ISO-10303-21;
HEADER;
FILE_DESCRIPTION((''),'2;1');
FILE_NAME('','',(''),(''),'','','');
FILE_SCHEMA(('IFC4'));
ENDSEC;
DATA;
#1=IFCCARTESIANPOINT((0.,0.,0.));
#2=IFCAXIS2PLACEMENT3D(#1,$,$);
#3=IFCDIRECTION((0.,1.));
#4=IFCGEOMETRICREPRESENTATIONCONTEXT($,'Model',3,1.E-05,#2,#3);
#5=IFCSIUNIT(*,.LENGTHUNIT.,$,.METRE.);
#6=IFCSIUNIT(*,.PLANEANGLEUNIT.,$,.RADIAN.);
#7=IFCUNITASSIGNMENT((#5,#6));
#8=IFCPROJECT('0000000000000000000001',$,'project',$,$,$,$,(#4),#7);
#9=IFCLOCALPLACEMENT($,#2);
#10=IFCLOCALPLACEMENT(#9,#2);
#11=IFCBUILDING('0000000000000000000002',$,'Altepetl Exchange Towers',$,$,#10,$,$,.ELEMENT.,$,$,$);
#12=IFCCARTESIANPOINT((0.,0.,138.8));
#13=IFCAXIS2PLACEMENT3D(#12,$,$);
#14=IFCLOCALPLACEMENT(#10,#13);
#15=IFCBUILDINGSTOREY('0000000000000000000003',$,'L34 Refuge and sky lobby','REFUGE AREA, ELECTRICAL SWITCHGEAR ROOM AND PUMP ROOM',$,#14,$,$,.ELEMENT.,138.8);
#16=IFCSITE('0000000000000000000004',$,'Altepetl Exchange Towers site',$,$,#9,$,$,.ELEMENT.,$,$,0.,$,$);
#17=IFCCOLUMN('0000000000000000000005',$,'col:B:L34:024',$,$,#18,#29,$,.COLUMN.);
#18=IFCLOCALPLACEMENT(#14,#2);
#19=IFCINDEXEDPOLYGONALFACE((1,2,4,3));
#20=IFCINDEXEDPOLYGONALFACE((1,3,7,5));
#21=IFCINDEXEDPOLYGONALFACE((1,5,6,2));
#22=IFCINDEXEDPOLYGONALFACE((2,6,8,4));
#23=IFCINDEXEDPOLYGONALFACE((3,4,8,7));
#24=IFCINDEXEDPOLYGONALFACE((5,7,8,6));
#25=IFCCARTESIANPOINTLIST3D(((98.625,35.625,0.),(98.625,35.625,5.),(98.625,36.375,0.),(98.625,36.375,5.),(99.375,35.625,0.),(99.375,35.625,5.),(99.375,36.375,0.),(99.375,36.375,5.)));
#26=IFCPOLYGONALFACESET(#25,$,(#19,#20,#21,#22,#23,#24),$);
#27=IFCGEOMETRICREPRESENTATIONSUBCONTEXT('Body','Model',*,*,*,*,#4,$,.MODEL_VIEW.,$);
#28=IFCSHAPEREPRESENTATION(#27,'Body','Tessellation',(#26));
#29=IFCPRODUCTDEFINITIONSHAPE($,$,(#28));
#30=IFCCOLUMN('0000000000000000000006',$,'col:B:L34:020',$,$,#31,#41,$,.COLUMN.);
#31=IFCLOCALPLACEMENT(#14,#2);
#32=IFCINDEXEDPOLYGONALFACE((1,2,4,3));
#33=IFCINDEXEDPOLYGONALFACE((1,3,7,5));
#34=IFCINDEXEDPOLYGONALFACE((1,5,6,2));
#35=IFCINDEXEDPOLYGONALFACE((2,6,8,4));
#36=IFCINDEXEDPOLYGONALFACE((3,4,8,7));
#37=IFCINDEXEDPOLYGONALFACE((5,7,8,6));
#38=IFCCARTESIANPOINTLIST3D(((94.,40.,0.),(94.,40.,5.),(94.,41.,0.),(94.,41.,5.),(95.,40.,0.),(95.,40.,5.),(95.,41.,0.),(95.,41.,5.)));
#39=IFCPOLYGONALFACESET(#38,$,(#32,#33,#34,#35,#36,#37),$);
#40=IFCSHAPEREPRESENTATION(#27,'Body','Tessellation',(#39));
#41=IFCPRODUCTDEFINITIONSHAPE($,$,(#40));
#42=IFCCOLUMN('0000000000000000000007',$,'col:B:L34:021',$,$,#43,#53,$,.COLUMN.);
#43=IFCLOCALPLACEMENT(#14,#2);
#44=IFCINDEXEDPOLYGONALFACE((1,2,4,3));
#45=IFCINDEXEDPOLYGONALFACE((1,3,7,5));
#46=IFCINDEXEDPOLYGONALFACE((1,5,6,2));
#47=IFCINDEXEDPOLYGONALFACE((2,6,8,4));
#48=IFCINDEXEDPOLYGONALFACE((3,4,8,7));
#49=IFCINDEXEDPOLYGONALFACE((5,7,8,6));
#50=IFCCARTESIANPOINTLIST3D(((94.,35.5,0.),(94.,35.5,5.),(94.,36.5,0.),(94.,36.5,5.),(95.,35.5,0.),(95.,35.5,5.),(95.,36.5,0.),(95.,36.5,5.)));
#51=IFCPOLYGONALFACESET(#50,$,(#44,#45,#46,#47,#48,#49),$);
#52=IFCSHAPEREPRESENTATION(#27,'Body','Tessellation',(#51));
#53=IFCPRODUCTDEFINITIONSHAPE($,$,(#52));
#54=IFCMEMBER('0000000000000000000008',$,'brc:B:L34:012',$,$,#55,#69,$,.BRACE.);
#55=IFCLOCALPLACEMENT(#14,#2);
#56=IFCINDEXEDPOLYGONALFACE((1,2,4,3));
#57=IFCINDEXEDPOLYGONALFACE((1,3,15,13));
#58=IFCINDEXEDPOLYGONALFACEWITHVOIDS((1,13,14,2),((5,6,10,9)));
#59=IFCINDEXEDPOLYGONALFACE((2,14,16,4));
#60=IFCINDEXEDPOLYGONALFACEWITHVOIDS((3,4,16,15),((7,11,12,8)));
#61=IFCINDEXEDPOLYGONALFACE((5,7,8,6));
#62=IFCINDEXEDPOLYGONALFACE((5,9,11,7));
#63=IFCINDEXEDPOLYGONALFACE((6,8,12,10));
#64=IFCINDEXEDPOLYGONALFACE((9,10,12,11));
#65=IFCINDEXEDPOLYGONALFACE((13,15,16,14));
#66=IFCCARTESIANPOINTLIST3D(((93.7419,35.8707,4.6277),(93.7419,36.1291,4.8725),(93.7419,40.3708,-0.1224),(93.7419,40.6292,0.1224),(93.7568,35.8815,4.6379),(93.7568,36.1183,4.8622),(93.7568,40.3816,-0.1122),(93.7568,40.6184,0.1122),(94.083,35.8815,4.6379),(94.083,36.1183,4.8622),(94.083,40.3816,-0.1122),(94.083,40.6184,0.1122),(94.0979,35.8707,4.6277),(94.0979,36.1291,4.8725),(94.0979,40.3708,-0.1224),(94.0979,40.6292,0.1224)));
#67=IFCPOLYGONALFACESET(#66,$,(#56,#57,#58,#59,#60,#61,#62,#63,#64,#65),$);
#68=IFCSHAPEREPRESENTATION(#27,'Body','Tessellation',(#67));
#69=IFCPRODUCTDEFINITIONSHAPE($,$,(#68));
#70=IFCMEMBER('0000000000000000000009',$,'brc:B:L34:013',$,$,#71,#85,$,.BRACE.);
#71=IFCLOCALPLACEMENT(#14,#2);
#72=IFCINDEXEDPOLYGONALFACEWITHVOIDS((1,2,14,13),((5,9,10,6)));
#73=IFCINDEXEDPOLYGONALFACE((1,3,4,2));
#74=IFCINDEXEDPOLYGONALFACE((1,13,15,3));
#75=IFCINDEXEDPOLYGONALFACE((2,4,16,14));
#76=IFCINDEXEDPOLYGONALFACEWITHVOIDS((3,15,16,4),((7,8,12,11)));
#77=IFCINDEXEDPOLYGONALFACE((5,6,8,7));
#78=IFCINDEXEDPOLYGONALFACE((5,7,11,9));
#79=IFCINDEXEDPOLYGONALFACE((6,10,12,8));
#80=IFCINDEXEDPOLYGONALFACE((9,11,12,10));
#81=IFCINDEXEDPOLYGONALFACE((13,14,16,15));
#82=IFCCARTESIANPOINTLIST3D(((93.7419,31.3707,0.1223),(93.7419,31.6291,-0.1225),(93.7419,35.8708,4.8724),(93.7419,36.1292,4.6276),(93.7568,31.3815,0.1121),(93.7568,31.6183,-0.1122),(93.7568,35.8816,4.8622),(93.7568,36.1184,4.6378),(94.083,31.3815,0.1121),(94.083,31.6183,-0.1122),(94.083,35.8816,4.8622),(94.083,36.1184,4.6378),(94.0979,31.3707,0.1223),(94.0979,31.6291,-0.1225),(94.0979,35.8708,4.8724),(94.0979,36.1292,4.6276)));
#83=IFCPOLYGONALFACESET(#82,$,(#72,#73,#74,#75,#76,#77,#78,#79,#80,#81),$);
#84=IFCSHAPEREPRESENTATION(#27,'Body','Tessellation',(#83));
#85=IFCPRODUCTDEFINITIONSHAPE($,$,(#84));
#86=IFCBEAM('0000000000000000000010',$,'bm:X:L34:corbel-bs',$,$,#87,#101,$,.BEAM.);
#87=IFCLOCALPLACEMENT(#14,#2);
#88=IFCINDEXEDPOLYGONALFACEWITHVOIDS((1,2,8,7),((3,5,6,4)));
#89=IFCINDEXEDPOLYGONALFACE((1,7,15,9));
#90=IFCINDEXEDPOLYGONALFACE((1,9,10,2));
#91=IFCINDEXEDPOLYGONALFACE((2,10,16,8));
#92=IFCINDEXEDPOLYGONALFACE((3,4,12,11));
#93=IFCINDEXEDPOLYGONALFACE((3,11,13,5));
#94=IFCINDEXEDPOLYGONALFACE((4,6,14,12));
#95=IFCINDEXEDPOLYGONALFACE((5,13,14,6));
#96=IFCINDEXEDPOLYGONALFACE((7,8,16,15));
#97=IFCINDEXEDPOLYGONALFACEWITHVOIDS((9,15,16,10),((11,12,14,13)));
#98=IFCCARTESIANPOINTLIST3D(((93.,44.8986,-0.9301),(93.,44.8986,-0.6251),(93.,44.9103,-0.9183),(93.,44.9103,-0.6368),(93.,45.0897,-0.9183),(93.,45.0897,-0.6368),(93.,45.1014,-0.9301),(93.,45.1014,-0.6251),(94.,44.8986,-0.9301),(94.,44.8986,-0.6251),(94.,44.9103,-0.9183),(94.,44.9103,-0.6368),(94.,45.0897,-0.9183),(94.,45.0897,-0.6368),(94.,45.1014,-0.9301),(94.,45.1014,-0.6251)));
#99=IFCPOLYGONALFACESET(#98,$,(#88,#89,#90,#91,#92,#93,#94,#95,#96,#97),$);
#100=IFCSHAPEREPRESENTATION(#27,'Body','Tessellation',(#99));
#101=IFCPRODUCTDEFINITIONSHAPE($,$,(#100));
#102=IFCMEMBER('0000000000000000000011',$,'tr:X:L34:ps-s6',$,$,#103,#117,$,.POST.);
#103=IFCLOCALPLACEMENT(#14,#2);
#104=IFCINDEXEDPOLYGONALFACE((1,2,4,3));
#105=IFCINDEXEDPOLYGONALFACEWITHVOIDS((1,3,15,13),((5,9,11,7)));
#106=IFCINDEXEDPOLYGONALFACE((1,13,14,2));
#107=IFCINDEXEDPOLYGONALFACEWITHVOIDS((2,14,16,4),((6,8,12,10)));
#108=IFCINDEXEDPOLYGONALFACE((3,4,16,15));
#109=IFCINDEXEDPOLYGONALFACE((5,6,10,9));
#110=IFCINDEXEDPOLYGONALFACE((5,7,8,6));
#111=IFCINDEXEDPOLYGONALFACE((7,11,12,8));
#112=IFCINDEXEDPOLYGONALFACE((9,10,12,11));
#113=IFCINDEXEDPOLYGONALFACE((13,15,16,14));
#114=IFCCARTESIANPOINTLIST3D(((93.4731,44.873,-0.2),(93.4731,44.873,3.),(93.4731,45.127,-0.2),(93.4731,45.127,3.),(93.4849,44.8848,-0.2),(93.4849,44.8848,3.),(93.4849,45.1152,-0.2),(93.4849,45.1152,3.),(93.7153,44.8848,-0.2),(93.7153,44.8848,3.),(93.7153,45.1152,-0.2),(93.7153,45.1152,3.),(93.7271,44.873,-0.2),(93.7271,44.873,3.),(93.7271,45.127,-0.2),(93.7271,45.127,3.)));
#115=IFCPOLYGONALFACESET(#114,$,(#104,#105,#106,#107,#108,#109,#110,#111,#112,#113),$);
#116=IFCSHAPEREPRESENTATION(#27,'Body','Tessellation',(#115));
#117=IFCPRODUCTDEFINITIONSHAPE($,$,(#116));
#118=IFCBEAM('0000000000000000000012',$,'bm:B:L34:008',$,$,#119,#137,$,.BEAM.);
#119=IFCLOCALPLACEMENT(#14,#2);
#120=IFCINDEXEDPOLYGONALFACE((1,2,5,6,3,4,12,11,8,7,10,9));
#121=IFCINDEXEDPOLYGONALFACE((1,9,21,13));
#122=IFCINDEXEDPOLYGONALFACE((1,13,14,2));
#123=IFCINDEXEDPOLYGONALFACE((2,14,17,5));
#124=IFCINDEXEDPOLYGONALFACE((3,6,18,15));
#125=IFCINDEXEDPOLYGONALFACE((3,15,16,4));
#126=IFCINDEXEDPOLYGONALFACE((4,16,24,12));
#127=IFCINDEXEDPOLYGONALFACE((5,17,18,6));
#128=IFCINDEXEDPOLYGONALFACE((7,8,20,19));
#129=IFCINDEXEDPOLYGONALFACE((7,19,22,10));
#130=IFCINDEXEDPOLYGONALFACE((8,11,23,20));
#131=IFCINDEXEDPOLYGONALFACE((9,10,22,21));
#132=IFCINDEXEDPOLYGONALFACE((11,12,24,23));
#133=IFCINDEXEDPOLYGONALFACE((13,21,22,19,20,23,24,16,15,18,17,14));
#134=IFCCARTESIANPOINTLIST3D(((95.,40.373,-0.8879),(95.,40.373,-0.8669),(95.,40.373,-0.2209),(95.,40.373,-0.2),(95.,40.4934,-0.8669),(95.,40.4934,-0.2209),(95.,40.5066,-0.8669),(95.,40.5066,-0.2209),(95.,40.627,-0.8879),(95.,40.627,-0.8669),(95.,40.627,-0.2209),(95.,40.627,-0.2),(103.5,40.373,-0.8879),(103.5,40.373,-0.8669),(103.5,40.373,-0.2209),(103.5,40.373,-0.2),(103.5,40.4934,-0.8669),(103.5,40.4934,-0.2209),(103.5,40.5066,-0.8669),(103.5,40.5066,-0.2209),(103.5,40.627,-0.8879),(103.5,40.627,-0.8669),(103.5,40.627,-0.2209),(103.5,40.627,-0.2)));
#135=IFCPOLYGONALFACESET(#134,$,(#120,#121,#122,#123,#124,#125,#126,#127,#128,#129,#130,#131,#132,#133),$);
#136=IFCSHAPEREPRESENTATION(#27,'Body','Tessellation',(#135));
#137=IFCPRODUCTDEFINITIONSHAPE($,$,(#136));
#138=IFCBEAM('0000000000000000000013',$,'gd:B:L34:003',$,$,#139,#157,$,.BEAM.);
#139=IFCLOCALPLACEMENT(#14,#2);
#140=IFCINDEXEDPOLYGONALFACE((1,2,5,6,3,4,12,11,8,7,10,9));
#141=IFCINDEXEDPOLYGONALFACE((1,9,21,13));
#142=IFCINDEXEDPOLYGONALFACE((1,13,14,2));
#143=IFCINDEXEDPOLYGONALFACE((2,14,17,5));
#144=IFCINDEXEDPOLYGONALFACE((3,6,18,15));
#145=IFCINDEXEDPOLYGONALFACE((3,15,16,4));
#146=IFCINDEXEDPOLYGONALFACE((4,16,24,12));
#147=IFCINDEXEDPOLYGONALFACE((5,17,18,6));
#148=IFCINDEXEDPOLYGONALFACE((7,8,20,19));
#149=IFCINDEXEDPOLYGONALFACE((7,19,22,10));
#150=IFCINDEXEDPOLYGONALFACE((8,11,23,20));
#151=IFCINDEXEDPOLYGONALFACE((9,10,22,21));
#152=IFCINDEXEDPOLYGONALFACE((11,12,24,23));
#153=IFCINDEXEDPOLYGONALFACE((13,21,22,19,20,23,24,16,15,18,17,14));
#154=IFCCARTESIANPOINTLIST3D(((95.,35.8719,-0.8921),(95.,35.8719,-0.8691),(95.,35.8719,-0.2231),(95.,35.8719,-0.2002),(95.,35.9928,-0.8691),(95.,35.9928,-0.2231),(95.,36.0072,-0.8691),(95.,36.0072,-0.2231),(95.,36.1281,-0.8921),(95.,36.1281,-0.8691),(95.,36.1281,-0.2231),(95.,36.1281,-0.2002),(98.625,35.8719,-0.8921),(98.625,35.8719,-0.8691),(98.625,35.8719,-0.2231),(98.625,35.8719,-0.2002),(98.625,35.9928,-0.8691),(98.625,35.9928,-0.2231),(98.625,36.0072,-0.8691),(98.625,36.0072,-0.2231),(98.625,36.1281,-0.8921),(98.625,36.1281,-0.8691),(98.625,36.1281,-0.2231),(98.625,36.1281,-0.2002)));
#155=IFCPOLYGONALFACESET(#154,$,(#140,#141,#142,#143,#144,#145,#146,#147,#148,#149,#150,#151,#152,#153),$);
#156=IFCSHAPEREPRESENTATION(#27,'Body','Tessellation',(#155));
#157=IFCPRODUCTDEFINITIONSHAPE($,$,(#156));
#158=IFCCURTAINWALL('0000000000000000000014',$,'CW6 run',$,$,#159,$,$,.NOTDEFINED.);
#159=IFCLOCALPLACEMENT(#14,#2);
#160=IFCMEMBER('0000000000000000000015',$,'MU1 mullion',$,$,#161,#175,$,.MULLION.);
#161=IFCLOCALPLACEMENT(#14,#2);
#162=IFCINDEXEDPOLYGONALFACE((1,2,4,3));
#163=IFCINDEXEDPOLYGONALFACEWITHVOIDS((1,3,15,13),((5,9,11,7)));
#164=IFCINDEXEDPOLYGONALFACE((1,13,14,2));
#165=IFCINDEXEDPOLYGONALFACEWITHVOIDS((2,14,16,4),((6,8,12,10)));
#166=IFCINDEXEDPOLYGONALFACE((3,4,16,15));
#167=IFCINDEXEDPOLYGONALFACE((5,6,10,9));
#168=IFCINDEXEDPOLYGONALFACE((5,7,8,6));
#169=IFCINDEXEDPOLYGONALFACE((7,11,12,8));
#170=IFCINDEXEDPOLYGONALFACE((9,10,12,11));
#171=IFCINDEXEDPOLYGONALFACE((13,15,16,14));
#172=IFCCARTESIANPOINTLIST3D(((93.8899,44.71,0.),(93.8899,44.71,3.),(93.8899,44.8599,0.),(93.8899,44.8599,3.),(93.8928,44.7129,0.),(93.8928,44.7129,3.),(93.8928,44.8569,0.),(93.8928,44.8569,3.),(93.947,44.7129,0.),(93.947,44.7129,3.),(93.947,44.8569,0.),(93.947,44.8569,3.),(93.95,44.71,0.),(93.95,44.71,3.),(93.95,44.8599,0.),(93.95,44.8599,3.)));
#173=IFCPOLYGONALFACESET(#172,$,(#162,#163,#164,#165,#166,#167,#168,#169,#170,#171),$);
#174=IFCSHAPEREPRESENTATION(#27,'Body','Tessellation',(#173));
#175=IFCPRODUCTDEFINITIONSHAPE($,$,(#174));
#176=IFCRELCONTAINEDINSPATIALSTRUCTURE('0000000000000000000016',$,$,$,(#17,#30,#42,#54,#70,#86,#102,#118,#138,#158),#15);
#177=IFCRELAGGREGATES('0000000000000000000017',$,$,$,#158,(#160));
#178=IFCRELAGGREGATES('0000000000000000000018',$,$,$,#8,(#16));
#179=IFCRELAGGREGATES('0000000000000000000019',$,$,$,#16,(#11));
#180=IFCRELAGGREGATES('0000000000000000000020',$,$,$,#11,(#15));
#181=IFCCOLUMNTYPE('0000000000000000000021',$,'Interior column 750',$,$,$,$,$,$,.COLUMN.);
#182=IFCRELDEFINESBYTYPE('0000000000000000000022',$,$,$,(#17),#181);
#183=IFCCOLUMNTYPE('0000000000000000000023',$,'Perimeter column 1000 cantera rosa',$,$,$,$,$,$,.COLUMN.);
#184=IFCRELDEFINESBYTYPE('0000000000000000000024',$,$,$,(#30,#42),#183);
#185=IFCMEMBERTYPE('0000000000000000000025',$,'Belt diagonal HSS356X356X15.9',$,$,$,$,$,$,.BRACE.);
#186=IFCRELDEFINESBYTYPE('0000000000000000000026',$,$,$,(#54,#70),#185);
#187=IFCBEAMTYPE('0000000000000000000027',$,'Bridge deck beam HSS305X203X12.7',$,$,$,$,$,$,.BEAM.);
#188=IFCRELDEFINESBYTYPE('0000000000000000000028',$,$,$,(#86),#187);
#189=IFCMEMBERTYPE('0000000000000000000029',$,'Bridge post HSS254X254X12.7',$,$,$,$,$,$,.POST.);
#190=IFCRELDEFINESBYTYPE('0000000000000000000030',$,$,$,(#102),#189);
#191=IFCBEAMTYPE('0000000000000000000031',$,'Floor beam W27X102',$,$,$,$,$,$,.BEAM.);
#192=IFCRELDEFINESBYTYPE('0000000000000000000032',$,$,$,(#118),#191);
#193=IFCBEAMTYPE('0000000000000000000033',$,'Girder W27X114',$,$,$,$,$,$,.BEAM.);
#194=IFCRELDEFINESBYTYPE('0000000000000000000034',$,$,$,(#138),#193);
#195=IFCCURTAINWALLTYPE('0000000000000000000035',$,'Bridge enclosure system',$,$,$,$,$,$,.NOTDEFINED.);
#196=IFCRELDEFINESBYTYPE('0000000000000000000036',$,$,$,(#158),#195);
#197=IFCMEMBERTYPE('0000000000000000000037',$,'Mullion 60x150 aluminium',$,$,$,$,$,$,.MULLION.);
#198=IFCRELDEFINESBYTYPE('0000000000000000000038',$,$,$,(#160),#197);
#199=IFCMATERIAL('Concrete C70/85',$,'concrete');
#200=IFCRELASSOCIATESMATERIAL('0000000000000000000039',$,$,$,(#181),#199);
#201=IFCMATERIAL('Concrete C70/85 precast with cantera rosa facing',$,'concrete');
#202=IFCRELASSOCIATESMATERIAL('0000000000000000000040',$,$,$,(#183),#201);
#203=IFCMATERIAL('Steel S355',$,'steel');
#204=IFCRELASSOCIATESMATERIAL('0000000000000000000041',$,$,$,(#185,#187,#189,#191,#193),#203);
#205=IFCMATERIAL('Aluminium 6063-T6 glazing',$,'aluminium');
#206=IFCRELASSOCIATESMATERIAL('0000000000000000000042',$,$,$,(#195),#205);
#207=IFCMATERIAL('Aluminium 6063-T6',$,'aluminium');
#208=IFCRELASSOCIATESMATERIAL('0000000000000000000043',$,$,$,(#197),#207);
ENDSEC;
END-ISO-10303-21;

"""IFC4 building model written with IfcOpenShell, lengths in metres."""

from ifc_helpers import new_model, si_unit, direction, frame, origin, origin_2d, place, context, subcontext, project, spatial, rectangle, hollow_rectangle, i_section, extrude, material, material_profile, profile_set, type_object, element, aggregate, save


model = new_model("IFC4")

# Units and contexts
model_context = context("Model", 3, precision=1e-05, world=origin(), true_north=direction((0.0, 1.0)))
body_context = subcontext(model_context, "Body", "Model", "MODEL_VIEW")
ifc_project = project(units=[si_unit("LENGTHUNIT", "METRE"), si_unit("PLANEANGLEUNIT", "RADIAN")], contexts=[model_context])

# Site, building, storey
site_placement = place(None, origin())
site = spatial("IfcSite", under=ifc_project, at=site_placement, Name="Altepetl Exchange Towers site", CompositionType="ELEMENT", RefElevation=0.0)
building_placement = place(site_placement, origin())
building = spatial("IfcBuilding", under=site, at=building_placement, Name="Altepetl Exchange Towers", CompositionType="ELEMENT")
storey_placement = place(building_placement, frame((0.0, 0.0, 138.8)))
storey = spatial("IfcBuildingStorey", under=building, at=storey_placement, Name="L34 Refuge and sky lobby", Description="REFUGE AREA, ELECTRICAL SWITCHGEAR ROOM AND PUMP ROOM", CompositionType="ELEMENT", Elevation=138.8)

# Columns
ifc_material_1 = material(Name="Concrete C70/85", Category="concrete")
ifc_material_profile_1 = material_profile(ifc_material_1, rectangle(XDim=0.75, YDim=0.75, at=origin_2d()), Name="750 x 750")
ifc_profile_set_1 = profile_set([ifc_material_profile_1], Name="Concrete C70/85")
column_type_1 = type_object("IfcColumnType", Name="Interior column 750", PredefinedType="COLUMN", material=ifc_profile_set_1)
column_placement = place(storey_placement, frame((99.0, 36.0, 0.0)))
element("IfcColumn", 1, at=column_placement, inside=storey, type_object=column_type_1, Name="col:B:L34:024", PredefinedType="COLUMN", context=body_context, shape_type="SweptSolid", body=[
    extrude(rectangle(XDim=0.75, YDim=0.75, at=origin_2d()), origin(), (0.0, 0.0, 1.0), 5.0),
])
ifc_material_2 = material(Name="Concrete C70/85 precast with cantera rosa facing", Category="concrete")
ifc_material_profile_2 = material_profile(ifc_material_2, rectangle(XDim=1.0, YDim=1.0, at=origin_2d()), Name="1000 x 1000")
ifc_profile_set_2 = profile_set([ifc_material_profile_2], Name="Concrete C70/85 precast with cantera rosa facing")
column_type_2 = type_object("IfcColumnType", Name="Perimeter column 1000 cantera rosa", PredefinedType="COLUMN", material=ifc_profile_set_2)
for number, where, name in (
    (2, (94.5, 40.5, 0.0), "col:B:L34:020"),
    (3, (94.5, 36.0, 0.0), "col:B:L34:021"),
):
    element("IfcColumn", number, at=place(storey_placement, frame(where)), inside=storey, type_object=column_type_2, Name=name, PredefinedType="COLUMN", context=body_context, shape_type="SweptSolid", body=[
        extrude(rectangle(XDim=1.0, YDim=1.0, at=origin_2d()), origin(), (0.0, 0.0, 1.0), 5.0),
    ])

# Members
ifc_material_3 = material(Name="Steel S355", Category="steel")
ifc_material_profile_3 = material_profile(ifc_material_3, hollow_rectangle(XDim=0.356, YDim=0.356, WallThickness=0.0149, at=origin_2d()), Name="HSS356X356X15.9")
ifc_profile_set_3 = profile_set([ifc_material_profile_3], Name="Steel S355")
member_type_1 = type_object("IfcMemberType", Name="Belt diagonal HSS356X356X15.9", PredefinedType="BRACE", material=ifc_profile_set_3)
for number, where, z_axis, x_axis, name in (
    (4, (93.9199, 40.5, 0.0), (0.0, -0.687745, 0.725953), (1.0, 0.0, 0.0), "brc:B:L34:012"),
    (5, (93.9199, 36.0, 4.75), (0.0, -0.687745, -0.725953), (1.0, 0.0, 0.0), "brc:B:L34:013"),
):
    element("IfcMember", number, at=place(storey_placement, frame(where, z_axis=z_axis, x_axis=x_axis)), inside=storey, type_object=member_type_1, Name=name, PredefinedType="BRACE", context=body_context, shape_type="SweptSolid", body=[
        extrude(hollow_rectangle(XDim=0.356, YDim=0.356, WallThickness=0.0149, at=origin_2d()), origin(), (0.0, 0.0, 1.0), 6.5432),
    ])

# Beam
ifc_material_profile_4 = material_profile(ifc_material_3, hollow_rectangle(XDim=0.2029, YDim=0.3049, WallThickness=0.0117, at=origin_2d()), Name="HSS305X203X12.7")
ifc_profile_set_4 = profile_set([ifc_material_profile_4], Name="Steel S355")
beam_type_1 = type_object("IfcBeamType", Name="Bridge deck beam HSS305X203X12.7", PredefinedType="BEAM", material=ifc_profile_set_4)
beam_1_placement = place(storey_placement, frame((94.0, 45.0, -0.7776), z_axis=(-1.0, 0.0, 0.0), x_axis=(0.0, -1.0, 0.0)))
element("IfcBeam", 6, at=beam_1_placement, inside=storey, type_object=beam_type_1, Name="bm:X:L34:corbel-bs", PredefinedType="BEAM", context=body_context, shape_type="SweptSolid", body=[
    extrude(hollow_rectangle(XDim=0.2029, YDim=0.3049, WallThickness=0.0117, at=origin_2d()), origin(), (0.0, 0.0, 1.0), 1.0),
])

# Member
ifc_material_profile_5 = material_profile(ifc_material_3, hollow_rectangle(XDim=0.2539, YDim=0.2539, WallThickness=0.0117, at=origin_2d()), Name="HSS254X254X12.7")
ifc_profile_set_5 = profile_set([ifc_material_profile_5], Name="Steel S355")
member_type_2 = type_object("IfcMemberType", Name="Bridge post HSS254X254X12.7", PredefinedType="POST", material=ifc_profile_set_5)
member_1_placement = place(storey_placement, frame((93.6001, 45.0, -0.2)))
element("IfcMember", 7, at=member_1_placement, inside=storey, type_object=member_type_2, Name="tr:X:L34:ps-s6", PredefinedType="POST", context=body_context, shape_type="SweptSolid", body=[
    extrude(hollow_rectangle(XDim=0.2539, YDim=0.2539, WallThickness=0.0117, at=origin_2d()), origin(), (0.0, 0.0, 1.0), 3.2),
])

# Beams
ifc_material_profile_6 = material_profile(ifc_material_3, i_section(OverallWidth=0.2539, OverallDepth=0.688, WebThickness=0.0132, FlangeThickness=0.021, at=origin_2d()), Name="W27X102")
ifc_profile_set_6 = profile_set([ifc_material_profile_6], Name="Steel S355")
beam_type_2 = type_object("IfcBeamType", Name="Floor beam W27X102", PredefinedType="BEAM", material=ifc_profile_set_6)
beam_2_placement = place(storey_placement, frame((95.0, 40.5, -0.5439), z_axis=(1.0, 0.0, 0.0), x_axis=(0.0, 1.0, 0.0)))
element("IfcBeam", 8, at=beam_2_placement, inside=storey, type_object=beam_type_2, Name="bm:B:L34:008", PredefinedType="BEAM", context=body_context, shape_type="SweptSolid", body=[
    extrude(i_section(OverallWidth=0.2539, OverallDepth=0.688, WebThickness=0.0132, FlangeThickness=0.021, at=origin_2d()), origin(), (0.0, 0.0, 1.0), 8.5),
])
ifc_material_profile_7 = material_profile(ifc_material_3, i_section(OverallWidth=0.2561, OverallDepth=0.6919, WebThickness=0.0144, FlangeThickness=0.0229, at=origin_2d()), Name="W27X114")
ifc_profile_set_7 = profile_set([ifc_material_profile_7], Name="Steel S355")
beam_type_3 = type_object("IfcBeamType", Name="Girder W27X114", PredefinedType="BEAM", material=ifc_profile_set_7)
beam_3_placement = place(storey_placement, frame((98.625, 36.0, -0.5461), z_axis=(-1.0, 0.0, 0.0), x_axis=(0.0, -1.0, 0.0)))
element("IfcBeam", 9, at=beam_3_placement, inside=storey, type_object=beam_type_3, Name="gd:B:L34:003", PredefinedType="BEAM", context=body_context, shape_type="SweptSolid", body=[
    extrude(i_section(OverallWidth=0.2561, OverallDepth=0.6919, WebThickness=0.0144, FlangeThickness=0.0229, at=origin_2d()), origin(), (0.0, 0.0, 1.0), 3.625),
])

# Curtain wall, member
ifc_material_4 = material(Name="Aluminium 6063-T6 glazing", Category="aluminium")
curtain_wall_type_1 = type_object("IfcCurtainWallType", Name="Bridge enclosure system", PredefinedType="NOTDEFINED", material=ifc_material_4)
curtain_wall_1_placement = place(storey_placement, origin())
curtain_wall_1 = element("IfcCurtainWall", 10, at=curtain_wall_1_placement, inside=storey, type_object=curtain_wall_type_1, Name="CW6 run", PredefinedType="NOTDEFINED")
ifc_material_5 = material(Name="Aluminium 6063-T6", Category="aluminium")
ifc_material_profile_8 = material_profile(ifc_material_5, hollow_rectangle(XDim=0.0601, YDim=0.1499, WallThickness=0.0029, at=origin_2d()), Name="Mullion 60x150 aluminium")
ifc_profile_set_8 = profile_set([ifc_material_profile_8], Name="Aluminium 6063-T6")
member_type_3 = type_object("IfcMemberType", Name="Mullion 60x150 aluminium", PredefinedType="MULLION", material=ifc_profile_set_8)
member_2_placement = place(storey_placement, frame((93.9199, 44.7849, 0.0)))
member_2 = element("IfcMember", 11, at=member_2_placement, type_object=member_type_3, Name="MU1 mullion", PredefinedType="MULLION", context=body_context, shape_type="SweptSolid", body=[
    extrude(hollow_rectangle(XDim=0.0601, YDim=0.1499, WallThickness=0.0029, at=origin_2d()), origin(), (0.0, 0.0, 1.0), 3.0),
])

aggregate(curtain_wall_1, [member_2])

save(model, "model.ifc")
